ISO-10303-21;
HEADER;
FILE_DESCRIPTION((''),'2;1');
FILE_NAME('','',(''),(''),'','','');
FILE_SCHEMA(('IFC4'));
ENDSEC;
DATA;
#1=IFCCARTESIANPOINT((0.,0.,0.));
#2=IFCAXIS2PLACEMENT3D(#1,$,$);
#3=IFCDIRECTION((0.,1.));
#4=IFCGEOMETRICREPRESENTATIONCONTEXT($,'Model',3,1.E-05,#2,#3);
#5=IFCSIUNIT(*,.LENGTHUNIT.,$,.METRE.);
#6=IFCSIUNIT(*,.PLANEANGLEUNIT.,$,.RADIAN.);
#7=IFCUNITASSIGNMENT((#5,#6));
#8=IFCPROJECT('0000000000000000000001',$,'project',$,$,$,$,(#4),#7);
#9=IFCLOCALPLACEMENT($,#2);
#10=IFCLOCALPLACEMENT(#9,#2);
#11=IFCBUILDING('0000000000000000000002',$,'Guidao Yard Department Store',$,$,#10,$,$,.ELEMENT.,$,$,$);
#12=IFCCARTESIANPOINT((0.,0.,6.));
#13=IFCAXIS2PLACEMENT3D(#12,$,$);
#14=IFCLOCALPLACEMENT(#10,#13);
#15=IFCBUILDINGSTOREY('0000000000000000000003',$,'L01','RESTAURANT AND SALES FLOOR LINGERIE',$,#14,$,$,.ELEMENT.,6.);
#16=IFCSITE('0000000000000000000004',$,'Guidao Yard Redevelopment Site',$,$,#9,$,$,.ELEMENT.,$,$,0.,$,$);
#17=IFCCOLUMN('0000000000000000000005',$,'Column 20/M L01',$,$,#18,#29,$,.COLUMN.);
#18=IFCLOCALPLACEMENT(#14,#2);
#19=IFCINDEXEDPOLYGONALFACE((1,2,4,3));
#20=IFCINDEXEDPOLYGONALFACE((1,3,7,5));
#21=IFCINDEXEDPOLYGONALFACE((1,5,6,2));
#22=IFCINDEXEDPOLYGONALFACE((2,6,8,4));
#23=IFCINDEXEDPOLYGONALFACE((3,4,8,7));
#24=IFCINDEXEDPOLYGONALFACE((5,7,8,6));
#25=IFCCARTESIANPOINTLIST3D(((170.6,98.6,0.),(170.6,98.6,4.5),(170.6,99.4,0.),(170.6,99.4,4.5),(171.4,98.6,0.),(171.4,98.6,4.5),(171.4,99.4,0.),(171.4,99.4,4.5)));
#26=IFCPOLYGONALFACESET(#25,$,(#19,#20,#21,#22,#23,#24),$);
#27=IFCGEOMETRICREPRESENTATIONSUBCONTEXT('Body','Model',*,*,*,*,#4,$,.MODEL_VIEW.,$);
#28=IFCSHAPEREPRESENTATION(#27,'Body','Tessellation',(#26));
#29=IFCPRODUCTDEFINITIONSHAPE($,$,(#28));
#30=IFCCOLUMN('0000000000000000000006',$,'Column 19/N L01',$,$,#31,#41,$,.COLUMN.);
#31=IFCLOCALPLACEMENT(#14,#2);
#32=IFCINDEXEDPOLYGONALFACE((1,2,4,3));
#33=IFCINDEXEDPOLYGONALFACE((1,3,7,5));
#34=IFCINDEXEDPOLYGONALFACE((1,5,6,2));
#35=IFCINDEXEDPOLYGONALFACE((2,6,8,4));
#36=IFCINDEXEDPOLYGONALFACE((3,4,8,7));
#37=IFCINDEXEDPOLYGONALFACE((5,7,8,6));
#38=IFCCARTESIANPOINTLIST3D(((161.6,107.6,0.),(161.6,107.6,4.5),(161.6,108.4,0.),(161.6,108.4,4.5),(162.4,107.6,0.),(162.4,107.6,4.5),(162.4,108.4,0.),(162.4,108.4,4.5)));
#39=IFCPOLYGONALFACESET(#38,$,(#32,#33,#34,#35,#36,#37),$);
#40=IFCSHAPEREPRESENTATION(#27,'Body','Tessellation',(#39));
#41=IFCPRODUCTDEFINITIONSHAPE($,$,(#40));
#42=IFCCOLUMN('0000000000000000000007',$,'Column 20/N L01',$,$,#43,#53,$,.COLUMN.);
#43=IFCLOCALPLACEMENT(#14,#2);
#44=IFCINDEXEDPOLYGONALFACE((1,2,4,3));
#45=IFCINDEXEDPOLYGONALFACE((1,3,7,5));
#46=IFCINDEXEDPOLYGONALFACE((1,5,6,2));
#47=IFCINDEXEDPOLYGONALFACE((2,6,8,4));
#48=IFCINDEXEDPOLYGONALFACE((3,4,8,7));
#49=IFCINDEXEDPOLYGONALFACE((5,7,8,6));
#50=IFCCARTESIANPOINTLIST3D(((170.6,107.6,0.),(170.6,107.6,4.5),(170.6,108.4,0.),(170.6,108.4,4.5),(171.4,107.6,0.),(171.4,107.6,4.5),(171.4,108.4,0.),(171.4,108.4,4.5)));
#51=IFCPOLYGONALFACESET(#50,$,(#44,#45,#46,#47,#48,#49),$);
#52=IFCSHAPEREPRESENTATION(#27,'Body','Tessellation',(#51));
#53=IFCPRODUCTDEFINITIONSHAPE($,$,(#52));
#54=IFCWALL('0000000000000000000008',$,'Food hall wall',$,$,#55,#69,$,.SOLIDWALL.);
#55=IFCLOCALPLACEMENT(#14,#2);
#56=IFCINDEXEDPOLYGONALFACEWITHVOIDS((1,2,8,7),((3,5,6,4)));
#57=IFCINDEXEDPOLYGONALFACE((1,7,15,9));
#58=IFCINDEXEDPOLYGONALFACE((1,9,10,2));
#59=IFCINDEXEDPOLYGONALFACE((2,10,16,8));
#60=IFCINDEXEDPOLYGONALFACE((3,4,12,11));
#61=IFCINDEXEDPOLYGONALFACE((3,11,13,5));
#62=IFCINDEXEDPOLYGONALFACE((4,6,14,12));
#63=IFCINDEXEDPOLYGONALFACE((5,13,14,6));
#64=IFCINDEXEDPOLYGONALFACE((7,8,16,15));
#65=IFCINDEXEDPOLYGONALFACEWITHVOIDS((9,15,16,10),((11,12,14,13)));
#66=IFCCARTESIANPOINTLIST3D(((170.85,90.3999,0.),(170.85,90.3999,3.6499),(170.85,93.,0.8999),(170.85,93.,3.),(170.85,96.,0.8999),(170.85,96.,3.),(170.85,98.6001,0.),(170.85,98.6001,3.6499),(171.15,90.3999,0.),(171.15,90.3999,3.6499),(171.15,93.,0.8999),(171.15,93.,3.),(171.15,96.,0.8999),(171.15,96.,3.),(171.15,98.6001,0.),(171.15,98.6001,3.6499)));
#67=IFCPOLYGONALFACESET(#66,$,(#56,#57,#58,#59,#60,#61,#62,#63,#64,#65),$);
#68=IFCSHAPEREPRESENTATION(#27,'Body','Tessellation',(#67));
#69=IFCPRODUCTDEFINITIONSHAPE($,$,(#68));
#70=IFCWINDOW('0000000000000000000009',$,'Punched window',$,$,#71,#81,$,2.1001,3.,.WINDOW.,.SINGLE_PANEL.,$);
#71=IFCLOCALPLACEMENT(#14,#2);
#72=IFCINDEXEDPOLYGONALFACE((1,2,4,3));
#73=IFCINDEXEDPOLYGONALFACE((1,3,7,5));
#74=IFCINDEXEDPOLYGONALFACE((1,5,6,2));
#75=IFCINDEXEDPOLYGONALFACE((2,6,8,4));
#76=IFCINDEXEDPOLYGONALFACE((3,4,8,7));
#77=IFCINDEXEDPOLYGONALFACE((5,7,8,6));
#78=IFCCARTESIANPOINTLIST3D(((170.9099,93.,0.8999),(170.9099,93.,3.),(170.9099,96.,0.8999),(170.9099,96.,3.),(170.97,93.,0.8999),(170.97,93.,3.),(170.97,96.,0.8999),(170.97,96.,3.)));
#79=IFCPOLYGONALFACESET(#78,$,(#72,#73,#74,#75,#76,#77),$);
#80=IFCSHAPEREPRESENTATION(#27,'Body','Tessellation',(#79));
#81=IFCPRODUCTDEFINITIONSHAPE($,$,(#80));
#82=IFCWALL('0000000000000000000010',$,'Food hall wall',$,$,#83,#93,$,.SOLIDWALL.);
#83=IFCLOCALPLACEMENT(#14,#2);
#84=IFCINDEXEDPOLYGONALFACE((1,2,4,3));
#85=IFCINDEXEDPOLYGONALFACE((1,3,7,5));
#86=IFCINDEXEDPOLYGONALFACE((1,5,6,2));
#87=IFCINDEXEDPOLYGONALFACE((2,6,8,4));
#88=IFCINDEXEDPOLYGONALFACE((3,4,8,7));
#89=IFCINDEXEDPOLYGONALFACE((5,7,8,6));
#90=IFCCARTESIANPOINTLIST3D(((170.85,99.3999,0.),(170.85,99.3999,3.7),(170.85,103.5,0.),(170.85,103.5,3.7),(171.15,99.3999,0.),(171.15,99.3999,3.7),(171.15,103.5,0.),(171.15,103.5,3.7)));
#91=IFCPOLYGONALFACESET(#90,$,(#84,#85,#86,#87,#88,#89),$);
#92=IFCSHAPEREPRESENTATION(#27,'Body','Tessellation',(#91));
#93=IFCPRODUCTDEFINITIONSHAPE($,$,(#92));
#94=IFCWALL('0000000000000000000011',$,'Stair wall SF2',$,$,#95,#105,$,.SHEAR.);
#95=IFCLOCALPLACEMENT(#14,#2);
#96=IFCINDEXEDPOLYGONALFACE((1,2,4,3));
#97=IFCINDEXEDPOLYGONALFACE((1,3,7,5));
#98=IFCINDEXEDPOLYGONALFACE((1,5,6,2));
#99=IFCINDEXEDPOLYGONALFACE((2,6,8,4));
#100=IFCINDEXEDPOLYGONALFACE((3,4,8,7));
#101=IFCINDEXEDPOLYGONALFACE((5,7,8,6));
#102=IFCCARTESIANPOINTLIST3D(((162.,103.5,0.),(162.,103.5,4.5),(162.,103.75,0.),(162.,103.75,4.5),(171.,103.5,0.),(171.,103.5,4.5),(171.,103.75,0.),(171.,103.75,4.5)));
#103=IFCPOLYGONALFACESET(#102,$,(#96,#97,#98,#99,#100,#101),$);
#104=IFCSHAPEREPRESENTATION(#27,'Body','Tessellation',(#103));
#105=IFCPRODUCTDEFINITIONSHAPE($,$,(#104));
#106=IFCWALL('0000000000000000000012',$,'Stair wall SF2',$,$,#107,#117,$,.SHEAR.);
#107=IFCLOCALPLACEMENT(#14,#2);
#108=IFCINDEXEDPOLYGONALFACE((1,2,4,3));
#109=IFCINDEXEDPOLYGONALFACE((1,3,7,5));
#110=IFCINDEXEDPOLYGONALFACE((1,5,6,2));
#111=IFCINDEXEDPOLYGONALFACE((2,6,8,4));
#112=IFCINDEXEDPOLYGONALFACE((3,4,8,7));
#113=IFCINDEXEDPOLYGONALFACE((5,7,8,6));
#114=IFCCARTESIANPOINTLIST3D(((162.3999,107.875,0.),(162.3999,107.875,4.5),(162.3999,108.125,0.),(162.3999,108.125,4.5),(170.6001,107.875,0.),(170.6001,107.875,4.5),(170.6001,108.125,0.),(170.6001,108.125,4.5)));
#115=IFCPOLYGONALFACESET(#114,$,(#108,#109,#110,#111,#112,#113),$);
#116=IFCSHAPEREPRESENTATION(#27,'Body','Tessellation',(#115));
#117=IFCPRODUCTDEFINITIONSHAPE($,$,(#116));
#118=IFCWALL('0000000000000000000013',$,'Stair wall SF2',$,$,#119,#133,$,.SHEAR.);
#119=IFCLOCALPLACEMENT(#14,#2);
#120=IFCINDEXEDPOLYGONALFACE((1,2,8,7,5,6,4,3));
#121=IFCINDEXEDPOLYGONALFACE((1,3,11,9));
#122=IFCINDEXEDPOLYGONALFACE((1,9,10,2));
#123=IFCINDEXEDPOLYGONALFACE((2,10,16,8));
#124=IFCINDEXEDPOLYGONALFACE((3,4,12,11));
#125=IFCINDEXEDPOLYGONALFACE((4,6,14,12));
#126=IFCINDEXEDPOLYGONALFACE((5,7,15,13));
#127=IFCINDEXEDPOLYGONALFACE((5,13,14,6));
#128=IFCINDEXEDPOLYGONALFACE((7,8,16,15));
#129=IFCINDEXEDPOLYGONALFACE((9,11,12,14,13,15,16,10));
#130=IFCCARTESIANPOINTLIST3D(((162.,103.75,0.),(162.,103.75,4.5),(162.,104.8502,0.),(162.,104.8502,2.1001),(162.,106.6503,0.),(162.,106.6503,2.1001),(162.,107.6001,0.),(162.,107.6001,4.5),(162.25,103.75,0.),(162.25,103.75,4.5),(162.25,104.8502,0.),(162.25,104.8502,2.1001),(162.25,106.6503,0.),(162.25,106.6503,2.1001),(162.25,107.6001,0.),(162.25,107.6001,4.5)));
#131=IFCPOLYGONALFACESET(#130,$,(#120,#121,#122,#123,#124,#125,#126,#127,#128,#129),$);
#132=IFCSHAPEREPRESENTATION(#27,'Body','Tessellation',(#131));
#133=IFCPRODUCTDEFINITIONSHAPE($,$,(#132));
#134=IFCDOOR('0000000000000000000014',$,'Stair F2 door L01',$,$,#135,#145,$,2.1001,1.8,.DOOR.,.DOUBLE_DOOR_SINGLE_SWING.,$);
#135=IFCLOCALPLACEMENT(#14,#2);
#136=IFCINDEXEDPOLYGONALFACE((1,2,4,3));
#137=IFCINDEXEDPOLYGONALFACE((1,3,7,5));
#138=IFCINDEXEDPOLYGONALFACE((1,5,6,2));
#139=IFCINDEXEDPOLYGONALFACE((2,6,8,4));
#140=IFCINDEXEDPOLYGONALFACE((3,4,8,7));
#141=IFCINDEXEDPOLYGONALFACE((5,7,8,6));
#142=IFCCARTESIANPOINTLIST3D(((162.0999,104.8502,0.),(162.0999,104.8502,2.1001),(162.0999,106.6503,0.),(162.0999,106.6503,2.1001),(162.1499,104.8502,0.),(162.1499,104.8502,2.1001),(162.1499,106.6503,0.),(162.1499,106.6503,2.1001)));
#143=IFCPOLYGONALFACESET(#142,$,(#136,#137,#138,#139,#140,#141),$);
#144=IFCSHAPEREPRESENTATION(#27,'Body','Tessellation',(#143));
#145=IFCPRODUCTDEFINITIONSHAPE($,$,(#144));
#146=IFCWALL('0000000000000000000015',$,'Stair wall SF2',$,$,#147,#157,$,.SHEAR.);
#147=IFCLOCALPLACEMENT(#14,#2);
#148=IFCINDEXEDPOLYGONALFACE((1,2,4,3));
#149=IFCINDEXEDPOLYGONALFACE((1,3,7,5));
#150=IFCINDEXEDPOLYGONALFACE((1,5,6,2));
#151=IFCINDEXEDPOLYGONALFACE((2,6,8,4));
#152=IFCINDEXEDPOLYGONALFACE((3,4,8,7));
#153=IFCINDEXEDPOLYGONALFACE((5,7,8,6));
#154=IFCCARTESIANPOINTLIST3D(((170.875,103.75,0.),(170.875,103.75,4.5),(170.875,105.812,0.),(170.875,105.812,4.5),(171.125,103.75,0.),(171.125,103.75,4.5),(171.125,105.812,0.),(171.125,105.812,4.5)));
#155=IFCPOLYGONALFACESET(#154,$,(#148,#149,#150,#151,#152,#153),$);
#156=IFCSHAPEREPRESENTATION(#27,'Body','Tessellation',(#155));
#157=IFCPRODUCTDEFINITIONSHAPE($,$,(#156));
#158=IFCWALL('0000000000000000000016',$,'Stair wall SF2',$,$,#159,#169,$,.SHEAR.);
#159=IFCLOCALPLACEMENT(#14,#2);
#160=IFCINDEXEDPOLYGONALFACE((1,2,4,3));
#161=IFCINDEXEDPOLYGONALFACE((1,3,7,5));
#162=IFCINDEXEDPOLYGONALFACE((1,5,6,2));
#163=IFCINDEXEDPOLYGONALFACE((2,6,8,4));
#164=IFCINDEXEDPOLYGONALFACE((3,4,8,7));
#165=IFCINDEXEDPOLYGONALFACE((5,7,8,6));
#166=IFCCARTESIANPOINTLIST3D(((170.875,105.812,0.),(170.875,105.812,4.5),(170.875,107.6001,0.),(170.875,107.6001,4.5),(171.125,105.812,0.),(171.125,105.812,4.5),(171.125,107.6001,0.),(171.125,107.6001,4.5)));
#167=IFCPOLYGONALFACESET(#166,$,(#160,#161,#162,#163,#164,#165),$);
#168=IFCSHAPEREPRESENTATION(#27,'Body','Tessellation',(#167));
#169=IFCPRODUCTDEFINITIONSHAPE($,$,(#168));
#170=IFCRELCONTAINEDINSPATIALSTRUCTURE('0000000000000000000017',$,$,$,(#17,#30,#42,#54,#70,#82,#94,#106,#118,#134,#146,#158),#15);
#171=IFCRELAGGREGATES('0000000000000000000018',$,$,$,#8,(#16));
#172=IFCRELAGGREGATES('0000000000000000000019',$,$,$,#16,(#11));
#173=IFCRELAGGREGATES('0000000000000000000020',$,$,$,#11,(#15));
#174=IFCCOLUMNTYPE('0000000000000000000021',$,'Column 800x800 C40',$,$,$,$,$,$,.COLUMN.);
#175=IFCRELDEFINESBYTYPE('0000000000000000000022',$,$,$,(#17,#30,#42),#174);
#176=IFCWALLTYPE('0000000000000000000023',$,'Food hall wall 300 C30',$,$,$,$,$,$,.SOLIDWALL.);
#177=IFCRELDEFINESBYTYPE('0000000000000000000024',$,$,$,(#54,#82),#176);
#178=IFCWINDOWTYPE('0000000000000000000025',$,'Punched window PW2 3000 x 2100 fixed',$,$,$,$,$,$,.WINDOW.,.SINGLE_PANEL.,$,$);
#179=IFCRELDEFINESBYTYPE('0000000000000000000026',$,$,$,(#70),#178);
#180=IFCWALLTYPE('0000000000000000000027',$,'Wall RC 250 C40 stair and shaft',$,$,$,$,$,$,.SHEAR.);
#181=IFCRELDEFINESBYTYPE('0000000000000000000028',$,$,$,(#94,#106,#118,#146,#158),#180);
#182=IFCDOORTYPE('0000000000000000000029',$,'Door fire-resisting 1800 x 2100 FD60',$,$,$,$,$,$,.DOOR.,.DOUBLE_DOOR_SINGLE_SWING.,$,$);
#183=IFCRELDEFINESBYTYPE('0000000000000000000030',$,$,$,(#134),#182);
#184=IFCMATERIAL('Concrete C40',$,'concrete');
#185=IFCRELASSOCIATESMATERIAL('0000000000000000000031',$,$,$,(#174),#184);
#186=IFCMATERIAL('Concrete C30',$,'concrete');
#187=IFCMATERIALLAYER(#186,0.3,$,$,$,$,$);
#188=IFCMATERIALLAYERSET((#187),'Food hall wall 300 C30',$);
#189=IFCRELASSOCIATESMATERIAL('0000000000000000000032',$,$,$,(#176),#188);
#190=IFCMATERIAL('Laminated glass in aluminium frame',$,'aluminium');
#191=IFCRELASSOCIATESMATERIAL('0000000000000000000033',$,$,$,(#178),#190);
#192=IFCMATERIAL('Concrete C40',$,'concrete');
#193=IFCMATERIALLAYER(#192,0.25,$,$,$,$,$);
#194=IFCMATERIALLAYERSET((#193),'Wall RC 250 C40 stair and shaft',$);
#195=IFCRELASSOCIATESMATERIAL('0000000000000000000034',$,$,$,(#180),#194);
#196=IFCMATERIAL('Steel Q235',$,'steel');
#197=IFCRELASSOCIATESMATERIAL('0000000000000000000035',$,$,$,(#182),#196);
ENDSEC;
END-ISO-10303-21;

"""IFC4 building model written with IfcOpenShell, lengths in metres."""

from ifc_helpers import new_model, si_unit, direction, frame, frame_2d, origin, origin_2d, place, context, subcontext, project, spatial, rectangle, extrude, material, layer, layer_set, material_profile, profile_set, type_object, element, fill, save


model = new_model("IFC4")

# Units and contexts
model_context = context("Model", 3, precision=1e-05, world=origin(), true_north=direction((0.0, 1.0)))
body_context = subcontext(model_context, "Body", "Model", "MODEL_VIEW")
ifc_project = project(units=[si_unit("LENGTHUNIT", "METRE"), si_unit("PLANEANGLEUNIT", "RADIAN")], contexts=[model_context])

# Site, building, storey
site_placement = place(None, origin())
site = spatial("IfcSite", under=ifc_project, at=site_placement, Name="Guidao Yard Redevelopment Site", CompositionType="ELEMENT", RefElevation=0.0)
building_placement = place(site_placement, origin())
building = spatial("IfcBuilding", under=site, at=building_placement, Name="Guidao Yard Department Store", CompositionType="ELEMENT")
storey_placement = place(building_placement, frame((0.0, 0.0, 6.0)))
storey = spatial("IfcBuildingStorey", under=building, at=storey_placement, Name="L01", Description="RESTAURANT AND SALES FLOOR LINGERIE", CompositionType="ELEMENT", Elevation=6.0)

# Columns
ifc_material_1 = material(Name="Concrete C40", Category="concrete")
ifc_material_profile = material_profile(ifc_material_1, rectangle(XDim=0.8, YDim=0.8, at=origin_2d()), Name="COL 800x800")
ifc_profile_set = profile_set([ifc_material_profile], Name="Concrete C40")
column_type = type_object("IfcColumnType", Name="Column 800x800 C40", PredefinedType="COLUMN", material=ifc_profile_set)
for number, where, z_axis, x_axis, name in (
    (1, (171.0, 99.0, 0.0), (0.0, 0.0, 1.0), (1.0, 0.0, 0.0), "Column 20/M L01"),
    (2, (162.0, 108.0, 0.0), (0.0, 0.0, 1.0), (1.0, 0.0, 0.0), "Column 19/N L01"),
    (3, (171.0, 108.0, 0.0), (0.0, 0.0, 1.0), (1.0, 0.0, 0.0), "Column 20/N L01"),
):
    element("IfcColumn", number, at=place(storey_placement, frame(where, z_axis=z_axis, x_axis=x_axis)), inside=storey, type_object=column_type, Name=name, PredefinedType="COLUMN", context=body_context, shape_type="SweptSolid", body=[
        extrude(rectangle(XDim=0.8, YDim=0.8, at=origin_2d()), origin(), (0.0, 0.0, 1.0), 4.5),
    ])

# Wall, opening, window
ifc_material_2 = material(Name="Concrete C30", Category="concrete")
ifc_layer_1 = layer(ifc_material_2, 0.3)
ifc_layer_set_1 = layer_set([ifc_layer_1], Name="Food hall wall 300 C30")
wall_type_1 = type_object("IfcWallType", Name="Food hall wall 300 C30", PredefinedType="SOLIDWALL", material=ifc_layer_set_1)
wall_1_placement = place(storey_placement, frame((171.0, 98.6001, 0.0), z_axis=(0.0, 0.0, 1.0), x_axis=(0.0, -1.0, 0.0)))
wall_1 = element("IfcWall", 4, at=wall_1_placement, inside=storey, type_object=wall_type_1, Name="Food hall wall", PredefinedType="SOLIDWALL", context=body_context, shape_type="SweptSolid", body=[
    extrude(rectangle(XDim=8.2002, YDim=0.3, at=frame_2d((4.1001, 0.0))), origin(), (0.0, 0.0, 1.0), 3.6499),
])
opening_1_placement = place(wall_1_placement, frame((2.6001, 0.0, 0.8999)))
opening_1 = element("IfcOpeningElement", 5, at=opening_1_placement, cuts=wall_1, PredefinedType="OPENING", context=body_context, shape_type="SweptSolid", body=[
    extrude(rectangle(XDim=3.0, YDim=2.1001, at=frame_2d((1.5, 1.05))), frame((0.0, 0.1599, 0.0), z_axis=(0.0, -1.0, 0.0), x_axis=(1.0, 0.0, 0.0)), (0.0, 0.0, 1.0), 0.3201),
])
ifc_material_3 = material(Name="Laminated glass in aluminium frame", Category="aluminium")
window_type = type_object("IfcWindowType", Name="Punched window PW2 3000 x 2100 fixed", PartitioningType="SINGLE_PANEL", PredefinedType="WINDOW", material=ifc_material_3)
window_placement = place(opening_1_placement, origin())
window = element("IfcWindow", 6, at=window_placement, inside=storey, type_object=window_type, Name="Punched window", OverallHeight=2.1001, OverallWidth=3.0, PartitioningType="SINGLE_PANEL", PredefinedType="WINDOW", context=body_context, shape_type="SweptSolid", body=[
    extrude(rectangle(XDim=3.0, YDim=2.1001, at=frame_2d((1.5, 1.05))), frame((0.0, -0.03, 0.0), z_axis=(0.0, -1.0, 0.0), x_axis=(1.0, 0.0, 0.0)), (0.0, 0.0, 1.0), 0.0601),
])
fill(opening_1, window)

# Walls
wall_2_placement = place(storey_placement, frame((171.0, 103.5, 0.0), z_axis=(0.0, 0.0, 1.0), x_axis=(0.0, -1.0, 0.0)))
element("IfcWall", 7, at=wall_2_placement, inside=storey, type_object=wall_type_1, Name="Food hall wall", PredefinedType="SOLIDWALL", context=body_context, shape_type="SweptSolid", body=[
    extrude(rectangle(XDim=4.1001, YDim=0.3, at=frame_2d((2.05, 0.0))), origin(), (0.0, 0.0, 1.0), 3.7),
])
ifc_material_4 = material(Name="Concrete C40", Category="concrete")
ifc_layer_2 = layer(ifc_material_4, 0.25)
ifc_layer_set_2 = layer_set([ifc_layer_2], Name="Wall RC 250 C40 stair and shaft")
wall_type_2 = type_object("IfcWallType", Name="Wall RC 250 C40 stair and shaft", PredefinedType="SHEAR", material=ifc_layer_set_2)
wall_3_placement = place(storey_placement, frame((162.0, 103.625, 0.0), z_axis=(0.0, 0.0, 1.0), x_axis=(1.0, 0.0, 0.0)))
element("IfcWall", 8, at=wall_3_placement, inside=storey, type_object=wall_type_2, Name="Stair wall SF2", PredefinedType="SHEAR", context=body_context, shape_type="SweptSolid", body=[
    extrude(rectangle(XDim=9.0, YDim=0.25, at=frame_2d((4.5, 0.0))), origin(), (0.0, 0.0, 1.0), 4.5),
])
wall_4_placement = place(storey_placement, frame((162.3999, 108.0, 0.0), z_axis=(0.0, 0.0, 1.0), x_axis=(1.0, 0.0, 0.0)))
element("IfcWall", 9, at=wall_4_placement, inside=storey, type_object=wall_type_2, Name="Stair wall SF2", PredefinedType="SHEAR", context=body_context, shape_type="SweptSolid", body=[
    extrude(rectangle(XDim=8.2002, YDim=0.25, at=frame_2d((4.1001, 0.0))), origin(), (0.0, 0.0, 1.0), 4.5),
])

# Wall, opening, door
wall_5_placement = place(storey_placement, frame((162.125, 103.75, 0.0), z_axis=(0.0, 0.0, 1.0), x_axis=(0.0, 1.0, 0.0)))
wall_5 = element("IfcWall", 10, at=wall_5_placement, inside=storey, type_object=wall_type_2, Name="Stair wall SF2", PredefinedType="SHEAR", context=body_context, shape_type="SweptSolid", body=[
    extrude(rectangle(XDim=3.8501, YDim=0.25, at=frame_2d((1.925, 0.0))), origin(), (0.0, 0.0, 1.0), 4.5),
])
opening_2_placement = place(wall_5_placement, frame((2.9001, 0.0, 0.0), z_axis=(0.0, 0.0, 1.0), x_axis=(-1.0, 0.0, 0.0)))
opening_2 = element("IfcOpeningElement", 11, at=opening_2_placement, cuts=wall_5, PredefinedType="OPENING", context=body_context, shape_type="SweptSolid", body=[
    extrude(rectangle(XDim=1.8, YDim=2.1001, at=frame_2d((0.8999, 1.05))), frame((0.0, 0.135, 0.0), z_axis=(0.0, -1.0, 0.0), x_axis=(1.0, 0.0, 0.0)), (0.0, 0.0, 1.0), 0.27),
])
ifc_material_5 = material(Name="Steel Q235", Category="steel")
door_type = type_object("IfcDoorType", Name="Door fire-resisting 1800 x 2100 FD60", OperationType="DOUBLE_DOOR_SINGLE_SWING", PredefinedType="DOOR", material=ifc_material_5)
door_placement = place(opening_2_placement, origin())
door = element("IfcDoor", 12, at=door_placement, inside=storey, type_object=door_type, Name="Stair F2 door L01", OperationType="DOUBLE_DOOR_SINGLE_SWING", OverallHeight=2.1001, OverallWidth=1.8, PredefinedType="DOOR", context=body_context, shape_type="SweptSolid", body=[
    extrude(rectangle(XDim=1.8, YDim=2.1001, at=frame_2d((0.8999, 1.05))), frame((0.0, 0.0249, 0.0), z_axis=(0.0, -1.0, 0.0), x_axis=(1.0, 0.0, 0.0)), (0.0, 0.0, 1.0), 0.05),
])
fill(opening_2, door)

# Walls
wall_6_placement = place(storey_placement, frame((171.0, 103.75, 0.0), z_axis=(0.0, 0.0, 1.0), x_axis=(0.0, 1.0, 0.0)))
element("IfcWall", 13, at=wall_6_placement, inside=storey, type_object=wall_type_2, Name="Stair wall SF2", PredefinedType="SHEAR", context=body_context, shape_type="SweptSolid", body=[
    extrude(rectangle(XDim=2.062, YDim=0.25, at=frame_2d((1.031, 0.0))), origin(), (0.0, 0.0, 1.0), 4.5),
])
wall_7_placement = place(storey_placement, frame((171.0, 105.812, 0.0), z_axis=(0.0, 0.0, 1.0), x_axis=(0.0, 1.0, 0.0)))
element("IfcWall", 14, at=wall_7_placement, inside=storey, type_object=wall_type_2, Name="Stair wall SF2", PredefinedType="SHEAR", context=body_context, shape_type="SweptSolid", body=[
    extrude(rectangle(XDim=1.7881, YDim=0.25, at=frame_2d((0.894, 0.0))), origin(), (0.0, 0.0, 1.0), 4.5),
])

save(model, "model.ifc")
